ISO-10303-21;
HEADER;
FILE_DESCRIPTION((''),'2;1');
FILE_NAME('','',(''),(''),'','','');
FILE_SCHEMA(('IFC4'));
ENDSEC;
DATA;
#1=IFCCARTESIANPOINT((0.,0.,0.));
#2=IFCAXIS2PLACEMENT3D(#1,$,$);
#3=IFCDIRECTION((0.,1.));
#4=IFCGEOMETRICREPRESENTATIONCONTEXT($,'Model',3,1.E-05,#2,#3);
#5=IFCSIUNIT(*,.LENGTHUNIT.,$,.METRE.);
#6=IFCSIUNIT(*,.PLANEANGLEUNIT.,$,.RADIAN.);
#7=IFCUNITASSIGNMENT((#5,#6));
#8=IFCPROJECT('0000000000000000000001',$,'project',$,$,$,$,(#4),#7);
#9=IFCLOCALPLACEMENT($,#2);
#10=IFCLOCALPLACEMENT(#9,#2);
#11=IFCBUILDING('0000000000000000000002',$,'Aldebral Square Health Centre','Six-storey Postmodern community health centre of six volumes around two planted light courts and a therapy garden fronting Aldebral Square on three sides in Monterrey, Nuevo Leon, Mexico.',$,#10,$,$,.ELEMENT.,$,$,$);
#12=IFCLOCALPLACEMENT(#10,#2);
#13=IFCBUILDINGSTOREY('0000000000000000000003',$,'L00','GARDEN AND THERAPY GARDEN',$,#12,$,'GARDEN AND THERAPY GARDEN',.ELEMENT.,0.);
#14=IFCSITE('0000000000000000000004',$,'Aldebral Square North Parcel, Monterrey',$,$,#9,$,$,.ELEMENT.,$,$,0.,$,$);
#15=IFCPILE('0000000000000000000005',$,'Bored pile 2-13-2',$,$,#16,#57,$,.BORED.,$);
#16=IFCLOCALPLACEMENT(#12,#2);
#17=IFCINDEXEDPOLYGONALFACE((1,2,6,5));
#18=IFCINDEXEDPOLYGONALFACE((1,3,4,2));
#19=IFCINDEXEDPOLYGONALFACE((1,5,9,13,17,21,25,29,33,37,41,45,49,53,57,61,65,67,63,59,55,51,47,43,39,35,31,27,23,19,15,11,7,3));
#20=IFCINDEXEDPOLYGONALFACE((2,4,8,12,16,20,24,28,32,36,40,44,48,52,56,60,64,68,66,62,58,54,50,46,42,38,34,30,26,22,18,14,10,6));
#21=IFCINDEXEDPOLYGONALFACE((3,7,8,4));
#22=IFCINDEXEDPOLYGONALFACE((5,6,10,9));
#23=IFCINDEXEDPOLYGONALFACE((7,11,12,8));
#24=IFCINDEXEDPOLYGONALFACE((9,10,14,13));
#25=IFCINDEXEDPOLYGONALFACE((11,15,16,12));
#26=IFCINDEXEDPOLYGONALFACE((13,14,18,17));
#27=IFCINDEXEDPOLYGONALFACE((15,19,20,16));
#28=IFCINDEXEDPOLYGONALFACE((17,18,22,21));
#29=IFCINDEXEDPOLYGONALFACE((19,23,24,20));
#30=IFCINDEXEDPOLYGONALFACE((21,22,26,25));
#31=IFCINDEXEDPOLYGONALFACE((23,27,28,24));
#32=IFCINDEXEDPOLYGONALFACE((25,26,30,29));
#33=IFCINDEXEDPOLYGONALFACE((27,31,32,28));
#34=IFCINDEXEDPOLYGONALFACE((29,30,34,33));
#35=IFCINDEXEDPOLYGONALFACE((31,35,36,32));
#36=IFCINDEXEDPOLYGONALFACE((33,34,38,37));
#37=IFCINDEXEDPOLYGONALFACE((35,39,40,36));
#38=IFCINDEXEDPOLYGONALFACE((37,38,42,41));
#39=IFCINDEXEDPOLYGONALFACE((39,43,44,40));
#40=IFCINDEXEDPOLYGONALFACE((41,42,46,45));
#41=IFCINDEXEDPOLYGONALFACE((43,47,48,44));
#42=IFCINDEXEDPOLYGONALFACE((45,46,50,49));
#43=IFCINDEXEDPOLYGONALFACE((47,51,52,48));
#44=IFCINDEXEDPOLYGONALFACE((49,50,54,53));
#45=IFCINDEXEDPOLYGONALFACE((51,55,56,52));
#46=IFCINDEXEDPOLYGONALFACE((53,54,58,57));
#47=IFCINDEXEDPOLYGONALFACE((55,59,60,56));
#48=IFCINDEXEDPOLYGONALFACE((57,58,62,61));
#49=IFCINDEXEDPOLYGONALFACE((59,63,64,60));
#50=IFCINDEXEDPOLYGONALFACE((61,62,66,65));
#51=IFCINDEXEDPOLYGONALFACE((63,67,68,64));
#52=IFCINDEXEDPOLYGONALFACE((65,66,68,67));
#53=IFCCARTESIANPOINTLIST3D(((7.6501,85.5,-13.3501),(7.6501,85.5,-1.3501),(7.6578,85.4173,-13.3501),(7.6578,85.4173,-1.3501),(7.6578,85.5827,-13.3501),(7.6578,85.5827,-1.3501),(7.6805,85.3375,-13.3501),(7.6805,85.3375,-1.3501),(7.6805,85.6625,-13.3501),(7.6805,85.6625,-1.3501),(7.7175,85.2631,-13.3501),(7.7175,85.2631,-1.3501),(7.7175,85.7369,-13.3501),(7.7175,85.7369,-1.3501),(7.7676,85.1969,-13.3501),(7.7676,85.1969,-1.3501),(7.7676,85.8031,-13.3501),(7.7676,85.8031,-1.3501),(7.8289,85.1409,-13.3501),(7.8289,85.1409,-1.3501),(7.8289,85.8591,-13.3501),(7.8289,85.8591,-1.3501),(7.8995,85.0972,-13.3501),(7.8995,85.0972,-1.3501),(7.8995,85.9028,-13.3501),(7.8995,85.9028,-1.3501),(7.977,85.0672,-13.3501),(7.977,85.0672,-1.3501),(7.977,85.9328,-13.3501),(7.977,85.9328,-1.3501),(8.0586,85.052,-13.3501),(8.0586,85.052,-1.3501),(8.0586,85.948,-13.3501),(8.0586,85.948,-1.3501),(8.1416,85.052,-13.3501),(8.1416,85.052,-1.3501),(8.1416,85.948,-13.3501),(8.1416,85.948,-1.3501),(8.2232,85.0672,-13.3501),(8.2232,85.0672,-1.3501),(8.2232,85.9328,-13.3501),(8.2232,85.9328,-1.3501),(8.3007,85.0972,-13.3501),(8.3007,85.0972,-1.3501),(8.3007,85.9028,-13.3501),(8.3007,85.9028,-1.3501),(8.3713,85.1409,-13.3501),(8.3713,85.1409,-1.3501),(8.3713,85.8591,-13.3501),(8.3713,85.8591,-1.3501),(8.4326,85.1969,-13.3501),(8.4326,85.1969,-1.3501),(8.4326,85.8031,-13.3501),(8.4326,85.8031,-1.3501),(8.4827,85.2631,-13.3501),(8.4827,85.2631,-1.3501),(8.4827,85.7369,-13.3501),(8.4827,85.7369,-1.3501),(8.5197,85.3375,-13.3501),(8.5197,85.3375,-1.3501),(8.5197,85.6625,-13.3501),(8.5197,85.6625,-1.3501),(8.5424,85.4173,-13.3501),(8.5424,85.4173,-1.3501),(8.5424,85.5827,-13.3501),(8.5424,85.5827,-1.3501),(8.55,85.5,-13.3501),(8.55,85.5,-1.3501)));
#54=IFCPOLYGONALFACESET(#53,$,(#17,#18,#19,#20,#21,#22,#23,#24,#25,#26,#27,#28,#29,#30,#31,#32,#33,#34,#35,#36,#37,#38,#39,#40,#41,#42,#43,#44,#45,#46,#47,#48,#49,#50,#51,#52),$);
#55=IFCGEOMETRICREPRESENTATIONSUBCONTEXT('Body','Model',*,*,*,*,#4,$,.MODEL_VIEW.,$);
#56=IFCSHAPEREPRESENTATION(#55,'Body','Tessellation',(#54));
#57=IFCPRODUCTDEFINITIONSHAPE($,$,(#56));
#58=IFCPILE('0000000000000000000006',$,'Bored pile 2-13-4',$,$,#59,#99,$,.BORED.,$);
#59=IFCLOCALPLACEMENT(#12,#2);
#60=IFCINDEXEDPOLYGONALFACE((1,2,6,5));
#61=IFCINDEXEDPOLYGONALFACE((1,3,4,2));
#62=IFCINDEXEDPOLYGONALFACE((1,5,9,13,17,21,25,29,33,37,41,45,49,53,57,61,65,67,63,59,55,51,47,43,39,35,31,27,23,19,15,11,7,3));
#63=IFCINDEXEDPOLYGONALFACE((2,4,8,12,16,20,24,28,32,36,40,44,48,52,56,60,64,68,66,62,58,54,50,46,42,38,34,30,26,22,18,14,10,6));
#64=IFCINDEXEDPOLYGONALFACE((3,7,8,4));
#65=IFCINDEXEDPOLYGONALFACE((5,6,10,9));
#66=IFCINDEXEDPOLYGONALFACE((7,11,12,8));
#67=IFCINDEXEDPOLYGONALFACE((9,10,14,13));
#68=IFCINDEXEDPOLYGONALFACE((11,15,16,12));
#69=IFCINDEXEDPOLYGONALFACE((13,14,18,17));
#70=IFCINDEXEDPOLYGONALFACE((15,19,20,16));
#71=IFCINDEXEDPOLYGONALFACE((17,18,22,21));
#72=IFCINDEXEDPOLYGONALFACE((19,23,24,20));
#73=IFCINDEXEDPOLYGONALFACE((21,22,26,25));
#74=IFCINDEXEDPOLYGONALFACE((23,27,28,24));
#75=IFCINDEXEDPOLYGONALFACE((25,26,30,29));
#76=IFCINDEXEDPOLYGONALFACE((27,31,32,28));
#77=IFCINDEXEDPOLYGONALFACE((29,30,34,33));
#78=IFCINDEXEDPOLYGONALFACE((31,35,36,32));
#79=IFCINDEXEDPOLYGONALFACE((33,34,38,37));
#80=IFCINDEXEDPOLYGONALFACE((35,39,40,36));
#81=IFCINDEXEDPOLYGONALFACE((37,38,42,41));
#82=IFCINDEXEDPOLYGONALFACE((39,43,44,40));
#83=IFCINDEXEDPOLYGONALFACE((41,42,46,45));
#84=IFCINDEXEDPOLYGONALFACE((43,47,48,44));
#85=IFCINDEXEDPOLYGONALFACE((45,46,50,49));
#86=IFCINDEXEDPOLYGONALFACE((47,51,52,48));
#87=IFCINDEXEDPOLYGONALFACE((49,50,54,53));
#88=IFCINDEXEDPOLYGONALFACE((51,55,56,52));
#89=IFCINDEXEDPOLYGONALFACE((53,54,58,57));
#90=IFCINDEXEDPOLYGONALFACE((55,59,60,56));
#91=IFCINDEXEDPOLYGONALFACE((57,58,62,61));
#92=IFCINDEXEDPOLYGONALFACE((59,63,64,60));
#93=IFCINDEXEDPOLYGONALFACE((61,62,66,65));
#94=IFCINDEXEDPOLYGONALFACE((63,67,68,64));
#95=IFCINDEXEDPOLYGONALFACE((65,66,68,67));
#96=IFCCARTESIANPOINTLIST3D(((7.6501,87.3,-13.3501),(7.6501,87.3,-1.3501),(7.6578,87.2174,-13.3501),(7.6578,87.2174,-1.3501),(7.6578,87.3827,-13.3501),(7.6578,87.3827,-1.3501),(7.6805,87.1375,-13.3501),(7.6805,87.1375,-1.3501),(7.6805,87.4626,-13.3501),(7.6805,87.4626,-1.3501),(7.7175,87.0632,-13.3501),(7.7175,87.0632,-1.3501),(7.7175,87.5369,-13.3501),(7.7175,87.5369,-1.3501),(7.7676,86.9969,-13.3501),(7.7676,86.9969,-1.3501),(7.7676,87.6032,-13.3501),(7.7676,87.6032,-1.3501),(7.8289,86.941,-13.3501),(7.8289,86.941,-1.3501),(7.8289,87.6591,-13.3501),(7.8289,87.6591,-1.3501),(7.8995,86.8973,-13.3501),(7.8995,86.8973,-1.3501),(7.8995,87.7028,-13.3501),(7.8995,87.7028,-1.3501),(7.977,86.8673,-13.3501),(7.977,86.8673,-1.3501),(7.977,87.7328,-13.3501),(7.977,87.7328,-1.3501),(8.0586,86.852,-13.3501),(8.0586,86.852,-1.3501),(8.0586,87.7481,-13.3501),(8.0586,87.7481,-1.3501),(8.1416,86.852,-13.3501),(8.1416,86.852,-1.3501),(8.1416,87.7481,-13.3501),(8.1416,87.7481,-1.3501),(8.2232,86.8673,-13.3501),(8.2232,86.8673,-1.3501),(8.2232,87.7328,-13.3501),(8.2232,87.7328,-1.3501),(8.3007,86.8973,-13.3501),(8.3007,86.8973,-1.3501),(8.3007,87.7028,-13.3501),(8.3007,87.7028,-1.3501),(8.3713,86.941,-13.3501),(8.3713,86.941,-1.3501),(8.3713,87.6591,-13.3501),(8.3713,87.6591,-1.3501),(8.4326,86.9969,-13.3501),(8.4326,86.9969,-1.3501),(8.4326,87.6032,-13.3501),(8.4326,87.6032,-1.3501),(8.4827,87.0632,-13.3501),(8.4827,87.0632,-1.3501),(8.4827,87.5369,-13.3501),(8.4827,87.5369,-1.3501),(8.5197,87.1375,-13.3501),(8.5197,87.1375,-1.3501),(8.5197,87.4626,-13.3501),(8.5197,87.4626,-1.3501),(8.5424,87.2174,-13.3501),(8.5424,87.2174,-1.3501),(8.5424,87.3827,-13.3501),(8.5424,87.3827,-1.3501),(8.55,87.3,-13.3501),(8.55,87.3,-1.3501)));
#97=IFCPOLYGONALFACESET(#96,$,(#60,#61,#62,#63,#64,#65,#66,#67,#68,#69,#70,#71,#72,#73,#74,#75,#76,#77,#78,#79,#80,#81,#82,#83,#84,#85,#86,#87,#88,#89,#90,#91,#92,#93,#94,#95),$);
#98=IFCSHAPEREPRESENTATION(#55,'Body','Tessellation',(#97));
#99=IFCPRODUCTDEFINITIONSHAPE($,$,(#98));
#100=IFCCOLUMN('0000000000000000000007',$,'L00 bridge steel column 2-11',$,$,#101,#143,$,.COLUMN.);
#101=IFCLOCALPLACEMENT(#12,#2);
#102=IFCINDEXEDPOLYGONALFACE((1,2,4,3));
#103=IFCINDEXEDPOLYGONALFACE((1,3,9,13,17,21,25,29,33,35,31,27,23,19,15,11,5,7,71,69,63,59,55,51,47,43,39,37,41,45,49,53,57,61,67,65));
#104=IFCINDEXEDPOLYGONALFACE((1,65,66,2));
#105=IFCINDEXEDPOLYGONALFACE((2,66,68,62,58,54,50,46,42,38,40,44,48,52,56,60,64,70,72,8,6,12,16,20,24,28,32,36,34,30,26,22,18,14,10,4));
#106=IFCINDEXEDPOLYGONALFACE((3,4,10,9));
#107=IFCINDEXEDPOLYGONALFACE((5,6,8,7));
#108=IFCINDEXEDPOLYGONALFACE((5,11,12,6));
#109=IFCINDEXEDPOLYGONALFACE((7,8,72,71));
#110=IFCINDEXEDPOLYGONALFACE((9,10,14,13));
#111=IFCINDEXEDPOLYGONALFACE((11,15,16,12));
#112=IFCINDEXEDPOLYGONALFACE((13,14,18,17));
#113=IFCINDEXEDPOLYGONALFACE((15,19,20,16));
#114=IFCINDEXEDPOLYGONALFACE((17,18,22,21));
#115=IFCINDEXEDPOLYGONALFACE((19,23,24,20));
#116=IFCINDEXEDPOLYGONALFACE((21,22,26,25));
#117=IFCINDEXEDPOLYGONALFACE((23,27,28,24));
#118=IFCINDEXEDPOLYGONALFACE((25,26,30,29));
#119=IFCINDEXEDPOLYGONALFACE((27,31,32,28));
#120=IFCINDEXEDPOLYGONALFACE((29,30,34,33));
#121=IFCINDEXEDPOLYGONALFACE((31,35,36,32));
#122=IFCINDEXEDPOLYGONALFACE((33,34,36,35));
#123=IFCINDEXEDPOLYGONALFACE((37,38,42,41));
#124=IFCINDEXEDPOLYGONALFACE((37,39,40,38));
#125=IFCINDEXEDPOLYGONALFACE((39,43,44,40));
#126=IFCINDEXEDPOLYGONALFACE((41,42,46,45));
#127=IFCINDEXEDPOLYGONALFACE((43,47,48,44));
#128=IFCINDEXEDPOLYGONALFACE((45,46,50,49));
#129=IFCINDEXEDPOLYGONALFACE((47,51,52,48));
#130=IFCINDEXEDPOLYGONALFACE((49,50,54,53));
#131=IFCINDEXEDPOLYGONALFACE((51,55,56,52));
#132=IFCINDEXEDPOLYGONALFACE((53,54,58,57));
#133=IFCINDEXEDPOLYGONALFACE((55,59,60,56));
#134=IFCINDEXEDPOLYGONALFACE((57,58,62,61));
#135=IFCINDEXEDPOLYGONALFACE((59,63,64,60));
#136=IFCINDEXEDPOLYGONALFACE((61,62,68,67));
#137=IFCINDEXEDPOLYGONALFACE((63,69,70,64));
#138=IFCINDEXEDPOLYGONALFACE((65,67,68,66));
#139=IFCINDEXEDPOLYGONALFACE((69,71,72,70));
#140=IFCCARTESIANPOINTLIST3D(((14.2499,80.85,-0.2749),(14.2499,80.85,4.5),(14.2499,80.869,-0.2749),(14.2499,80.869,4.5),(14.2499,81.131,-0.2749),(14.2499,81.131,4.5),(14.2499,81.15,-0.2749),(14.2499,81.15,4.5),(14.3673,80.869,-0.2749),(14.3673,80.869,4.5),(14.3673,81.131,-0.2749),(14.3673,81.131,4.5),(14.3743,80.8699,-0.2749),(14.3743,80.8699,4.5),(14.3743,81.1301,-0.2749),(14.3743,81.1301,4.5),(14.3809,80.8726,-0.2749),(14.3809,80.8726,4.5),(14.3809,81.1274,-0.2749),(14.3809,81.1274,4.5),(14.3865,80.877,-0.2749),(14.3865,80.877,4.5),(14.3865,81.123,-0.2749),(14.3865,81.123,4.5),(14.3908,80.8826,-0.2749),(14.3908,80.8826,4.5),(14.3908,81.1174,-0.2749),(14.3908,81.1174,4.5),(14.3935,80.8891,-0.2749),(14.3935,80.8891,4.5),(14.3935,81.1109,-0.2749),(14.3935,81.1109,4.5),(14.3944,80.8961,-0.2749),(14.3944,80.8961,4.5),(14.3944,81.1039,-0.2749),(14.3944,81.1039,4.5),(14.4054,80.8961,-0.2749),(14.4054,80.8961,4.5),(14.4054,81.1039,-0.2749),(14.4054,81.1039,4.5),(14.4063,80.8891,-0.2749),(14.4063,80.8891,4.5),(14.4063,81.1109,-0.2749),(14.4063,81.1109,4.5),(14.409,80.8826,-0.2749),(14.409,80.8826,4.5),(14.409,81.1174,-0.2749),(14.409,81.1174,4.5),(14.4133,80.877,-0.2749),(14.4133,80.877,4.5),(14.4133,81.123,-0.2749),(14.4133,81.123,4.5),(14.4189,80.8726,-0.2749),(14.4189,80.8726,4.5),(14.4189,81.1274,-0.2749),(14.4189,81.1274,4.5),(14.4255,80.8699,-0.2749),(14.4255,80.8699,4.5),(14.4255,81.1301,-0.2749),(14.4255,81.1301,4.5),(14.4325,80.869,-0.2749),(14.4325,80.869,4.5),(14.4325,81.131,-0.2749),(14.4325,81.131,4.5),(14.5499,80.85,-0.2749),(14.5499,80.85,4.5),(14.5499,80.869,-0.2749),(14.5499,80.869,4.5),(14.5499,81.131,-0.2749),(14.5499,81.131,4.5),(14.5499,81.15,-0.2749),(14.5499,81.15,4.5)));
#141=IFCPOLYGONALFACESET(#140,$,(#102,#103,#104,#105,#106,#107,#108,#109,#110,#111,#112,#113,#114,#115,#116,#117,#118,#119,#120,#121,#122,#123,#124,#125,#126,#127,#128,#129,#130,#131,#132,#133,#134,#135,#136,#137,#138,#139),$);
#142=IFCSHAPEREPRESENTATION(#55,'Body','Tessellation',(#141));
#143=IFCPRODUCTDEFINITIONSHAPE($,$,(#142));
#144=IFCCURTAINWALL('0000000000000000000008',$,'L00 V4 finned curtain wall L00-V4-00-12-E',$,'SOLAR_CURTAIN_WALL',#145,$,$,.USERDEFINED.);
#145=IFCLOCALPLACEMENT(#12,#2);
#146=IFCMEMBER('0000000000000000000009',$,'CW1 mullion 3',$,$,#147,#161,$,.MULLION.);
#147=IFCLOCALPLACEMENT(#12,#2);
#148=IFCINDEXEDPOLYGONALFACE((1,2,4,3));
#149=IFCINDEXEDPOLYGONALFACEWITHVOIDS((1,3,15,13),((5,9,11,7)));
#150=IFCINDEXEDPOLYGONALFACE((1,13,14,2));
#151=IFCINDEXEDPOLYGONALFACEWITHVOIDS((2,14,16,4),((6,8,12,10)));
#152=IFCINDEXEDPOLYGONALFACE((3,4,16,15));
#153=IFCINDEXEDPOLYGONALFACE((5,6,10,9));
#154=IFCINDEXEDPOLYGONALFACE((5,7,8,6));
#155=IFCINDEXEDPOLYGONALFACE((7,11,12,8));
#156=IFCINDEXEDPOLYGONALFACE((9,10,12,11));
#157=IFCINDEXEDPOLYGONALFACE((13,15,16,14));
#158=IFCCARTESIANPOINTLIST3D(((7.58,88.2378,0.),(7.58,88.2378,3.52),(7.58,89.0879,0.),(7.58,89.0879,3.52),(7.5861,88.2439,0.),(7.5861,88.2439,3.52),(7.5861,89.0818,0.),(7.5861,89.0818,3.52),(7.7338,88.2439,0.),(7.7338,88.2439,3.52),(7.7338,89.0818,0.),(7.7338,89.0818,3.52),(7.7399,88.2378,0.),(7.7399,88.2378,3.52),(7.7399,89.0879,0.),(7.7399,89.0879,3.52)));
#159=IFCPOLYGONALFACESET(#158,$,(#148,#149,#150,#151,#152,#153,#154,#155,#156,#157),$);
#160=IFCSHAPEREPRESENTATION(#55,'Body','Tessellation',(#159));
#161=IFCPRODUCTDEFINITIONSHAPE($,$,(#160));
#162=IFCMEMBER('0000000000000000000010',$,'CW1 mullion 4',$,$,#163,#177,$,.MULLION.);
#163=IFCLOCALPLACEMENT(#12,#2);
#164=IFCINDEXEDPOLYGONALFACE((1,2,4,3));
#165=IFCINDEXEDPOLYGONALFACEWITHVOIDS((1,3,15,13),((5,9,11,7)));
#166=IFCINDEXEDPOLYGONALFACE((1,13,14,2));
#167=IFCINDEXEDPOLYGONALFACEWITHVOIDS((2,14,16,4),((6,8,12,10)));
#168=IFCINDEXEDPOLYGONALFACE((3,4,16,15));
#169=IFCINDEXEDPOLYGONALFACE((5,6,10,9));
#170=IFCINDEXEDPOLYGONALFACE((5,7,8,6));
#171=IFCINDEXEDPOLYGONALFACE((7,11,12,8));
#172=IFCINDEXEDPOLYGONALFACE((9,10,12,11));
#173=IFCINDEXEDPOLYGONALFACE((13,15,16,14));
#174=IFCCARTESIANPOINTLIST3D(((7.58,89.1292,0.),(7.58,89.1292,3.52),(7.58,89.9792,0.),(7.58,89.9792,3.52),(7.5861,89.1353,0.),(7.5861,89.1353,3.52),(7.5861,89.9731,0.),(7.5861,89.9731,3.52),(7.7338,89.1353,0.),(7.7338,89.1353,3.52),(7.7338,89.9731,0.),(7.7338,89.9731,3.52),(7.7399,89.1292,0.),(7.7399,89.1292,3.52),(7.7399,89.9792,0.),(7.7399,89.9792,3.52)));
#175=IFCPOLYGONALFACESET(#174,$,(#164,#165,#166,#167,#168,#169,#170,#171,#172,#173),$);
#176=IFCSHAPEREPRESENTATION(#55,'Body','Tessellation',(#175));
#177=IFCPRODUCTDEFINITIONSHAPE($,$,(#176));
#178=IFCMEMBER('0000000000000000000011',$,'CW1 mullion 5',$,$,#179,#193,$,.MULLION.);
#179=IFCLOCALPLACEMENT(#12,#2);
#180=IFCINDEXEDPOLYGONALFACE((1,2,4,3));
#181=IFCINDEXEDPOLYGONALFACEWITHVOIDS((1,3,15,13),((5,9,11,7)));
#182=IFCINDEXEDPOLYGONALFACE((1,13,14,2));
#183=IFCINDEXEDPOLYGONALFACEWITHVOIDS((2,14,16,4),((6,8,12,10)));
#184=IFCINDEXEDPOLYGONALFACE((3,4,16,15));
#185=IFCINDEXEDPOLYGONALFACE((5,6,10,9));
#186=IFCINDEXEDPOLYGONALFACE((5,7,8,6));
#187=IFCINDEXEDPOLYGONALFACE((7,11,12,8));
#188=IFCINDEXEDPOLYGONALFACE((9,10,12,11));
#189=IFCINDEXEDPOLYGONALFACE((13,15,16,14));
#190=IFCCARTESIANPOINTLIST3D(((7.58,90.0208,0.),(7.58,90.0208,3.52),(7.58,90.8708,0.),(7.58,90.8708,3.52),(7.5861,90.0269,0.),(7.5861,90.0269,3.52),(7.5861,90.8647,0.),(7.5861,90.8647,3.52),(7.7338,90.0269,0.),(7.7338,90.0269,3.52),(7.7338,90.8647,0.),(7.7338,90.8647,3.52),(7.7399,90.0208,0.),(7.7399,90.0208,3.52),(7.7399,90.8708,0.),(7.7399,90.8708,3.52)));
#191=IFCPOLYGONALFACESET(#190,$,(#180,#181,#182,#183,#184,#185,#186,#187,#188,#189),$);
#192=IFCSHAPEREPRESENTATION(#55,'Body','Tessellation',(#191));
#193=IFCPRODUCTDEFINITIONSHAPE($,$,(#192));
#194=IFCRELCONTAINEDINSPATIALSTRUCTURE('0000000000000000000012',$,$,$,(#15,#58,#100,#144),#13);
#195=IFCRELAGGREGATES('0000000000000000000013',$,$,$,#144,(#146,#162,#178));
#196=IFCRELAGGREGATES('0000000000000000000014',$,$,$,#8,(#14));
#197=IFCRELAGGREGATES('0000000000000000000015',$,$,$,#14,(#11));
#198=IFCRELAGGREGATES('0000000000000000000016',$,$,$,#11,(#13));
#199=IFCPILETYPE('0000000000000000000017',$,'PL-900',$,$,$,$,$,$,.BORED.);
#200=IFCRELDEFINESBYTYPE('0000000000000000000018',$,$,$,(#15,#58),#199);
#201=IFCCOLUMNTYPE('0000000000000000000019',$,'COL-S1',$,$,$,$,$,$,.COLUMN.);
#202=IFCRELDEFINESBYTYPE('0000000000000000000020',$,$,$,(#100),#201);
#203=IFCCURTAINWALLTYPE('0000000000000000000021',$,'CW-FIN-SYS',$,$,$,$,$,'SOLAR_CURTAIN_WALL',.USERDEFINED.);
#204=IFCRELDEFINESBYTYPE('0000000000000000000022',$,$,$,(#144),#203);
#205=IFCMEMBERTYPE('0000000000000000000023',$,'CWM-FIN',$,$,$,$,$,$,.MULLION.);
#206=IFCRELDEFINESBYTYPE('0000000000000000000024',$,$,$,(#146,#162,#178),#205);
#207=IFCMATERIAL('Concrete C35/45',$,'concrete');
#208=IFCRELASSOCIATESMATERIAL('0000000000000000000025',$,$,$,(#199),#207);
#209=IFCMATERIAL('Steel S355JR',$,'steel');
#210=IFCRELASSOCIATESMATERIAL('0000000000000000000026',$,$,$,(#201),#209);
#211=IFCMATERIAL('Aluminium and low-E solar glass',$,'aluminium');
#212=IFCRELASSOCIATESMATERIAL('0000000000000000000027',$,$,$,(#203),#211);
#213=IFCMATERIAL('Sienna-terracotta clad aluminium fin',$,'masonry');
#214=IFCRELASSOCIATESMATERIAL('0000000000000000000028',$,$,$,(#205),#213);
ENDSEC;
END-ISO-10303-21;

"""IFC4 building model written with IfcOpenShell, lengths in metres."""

from ifc_helpers import new_model, si_unit, direction, frame, origin, origin_2d, place, context, subcontext, project, spatial, hollow_rectangle, circle, i_section, extrude, material, material_profile, profile_set, type_object, element, aggregate, save


model = new_model("IFC4")

# Units and contexts
model_context = context("Model", 3, precision=1e-05, world=origin(), true_north=direction((0.0, 1.0)))
body_context = subcontext(model_context, "Body", "Model", "MODEL_VIEW")
ifc_project = project(units=[si_unit("LENGTHUNIT", "METRE"), si_unit("PLANEANGLEUNIT", "RADIAN")], contexts=[model_context])

# Site, building, storey
site_placement = place(None, origin())
site = spatial("IfcSite", under=ifc_project, at=site_placement, Name="Aldebral Square North Parcel, Monterrey", CompositionType="ELEMENT", RefElevation=0.0)
building_placement = place(site_placement, origin())
building = spatial("IfcBuilding", under=site, at=building_placement, Name="Aldebral Square Health Centre", Description="Six-storey Postmodern community health centre of six volumes around two planted light courts and a therapy garden fronting Aldebral Square on three sides in Monterrey, Nuevo Leon, Mexico.", CompositionType="ELEMENT")
storey_placement = place(building_placement, origin())
storey = spatial("IfcBuildingStorey", under=building, at=storey_placement, Name="L00", Description="GARDEN AND THERAPY GARDEN", LongName="GARDEN AND THERAPY GARDEN", CompositionType="ELEMENT", Elevation=0.0)

# Shared definitions
ifc_material_1 = material(Name="Concrete C35/45", Category="concrete")

# Piles
ifc_material_profile_1 = material_profile(ifc_material_1, circle(Radius=0.45, at=origin_2d()), Name="PILE D900")
ifc_profile_set_1 = profile_set([ifc_material_profile_1], Name="Concrete C35/45")
pile_type_1 = type_object("IfcPileType", Name="PL-900", PredefinedType="BORED", material=ifc_profile_set_1)
for number, where, z_axis, x_axis, name in (
    (1, (8.1001, 85.5, -1.3501), (0.0, 0.0, -1.0), (1.0, 0.0, 0.0), "Bored pile 2-13-2"),
    (2, (8.1001, 87.3, -1.3501), (0.0, 0.0, -1.0), (1.0, 0.0, 0.0), "Bored pile 2-13-4"),
):
    element("IfcPile", number, at=place(storey_placement, frame(where, z_axis=z_axis, x_axis=x_axis)), inside=storey, type_object=pile_type_1, Name=name, PredefinedType="BORED", context=body_context, shape_type="SweptSolid", body=[
        extrude(circle(Radius=0.45, at=origin_2d()), origin(), (0.0, 0.0, 1.0), 12.0),
    ])

# Column
ifc_material_2 = material(Name="Steel S355JR", Category="steel")
ifc_material_profile_2 = material_profile(ifc_material_2, i_section(OverallWidth=0.3, OverallDepth=0.3, WebThickness=0.011, FlangeThickness=0.019, FilletRadius=0.0271, at=origin_2d()), Name="HEB 300")
ifc_profile_set_2 = profile_set([ifc_material_profile_2], Name="Steel S355JR")
column_type = type_object("IfcColumnType", Name="COL-S1", PredefinedType="COLUMN", material=ifc_profile_set_2)
column_placement = place(storey_placement, frame((14.3999, 81.0, -0.2749), z_axis=(0.0, 0.0, 1.0), x_axis=(1.0, 0.0, 0.0)))
element("IfcColumn", 3, at=column_placement, inside=storey, type_object=column_type, Name="L00 bridge steel column 2-11", PredefinedType="COLUMN", context=body_context, shape_type="SweptSolid", body=[
    extrude(i_section(OverallWidth=0.3, OverallDepth=0.3, WebThickness=0.011, FlangeThickness=0.019, FilletRadius=0.0271, at=origin_2d()), origin(), (0.0, 0.0, 1.0), 4.7749),
])

# Curtain wall, members
ifc_material_3 = material(Name="Aluminium and low-E solar glass", Category="aluminium")
curtain_wall_type = type_object("IfcCurtainWallType", Name="CW-FIN-SYS", ElementType="SOLAR_CURTAIN_WALL", PredefinedType="USERDEFINED", material=ifc_material_3)
curtain_wall_placement = place(storey_placement, origin())
curtain_wall = element("IfcCurtainWall", 4, at=curtain_wall_placement, inside=storey, type_object=curtain_wall_type, Name="L00 V4 finned curtain wall L00-V4-00-12-E", ObjectType="SOLAR_CURTAIN_WALL", PredefinedType="USERDEFINED")
ifc_material_4 = material(Name="Sienna-terracotta clad aluminium fin", Category="masonry")
ifc_material_profile_3 = material_profile(ifc_material_4, hollow_rectangle(XDim=0.1599, YDim=0.8501, WallThickness=0.0061, at=origin_2d()), Name="FIN 160x850x6")
ifc_profile_set_3 = profile_set([ifc_material_profile_3], Name="Sienna-terracotta clad aluminium fin")
member_type_1 = type_object("IfcMemberType", Name="CWM-FIN", PredefinedType="MULLION", material=ifc_profile_set_3)
member_1_placement = place(storey_placement, frame((7.6599, 88.6628, 0.0), z_axis=(0.0, 0.0, 1.0), x_axis=(-1.0, 0.0, 0.0)))
member_1 = element("IfcMember", 5, at=member_1_placement, type_object=member_type_1, Name="CW1 mullion 3", PredefinedType="MULLION", context=body_context, shape_type="SweptSolid", body=[
    extrude(hollow_rectangle(XDim=0.1599, YDim=0.8501, WallThickness=0.0061, at=origin_2d()), origin(), (0.0, 0.0, 1.0), 3.52),
])
member_2_placement = place(storey_placement, frame((7.6599, 89.5542, 0.0), z_axis=(0.0, 0.0, 1.0), x_axis=(-1.0, 0.0, 0.0)))
member_2 = element("IfcMember", 6, at=member_2_placement, type_object=member_type_1, Name="CW1 mullion 4", PredefinedType="MULLION", context=body_context, shape_type="SweptSolid", body=[
    extrude(hollow_rectangle(XDim=0.1599, YDim=0.8501, WallThickness=0.0061, at=origin_2d()), origin(), (0.0, 0.0, 1.0), 3.52),
])
member_3_placement = place(storey_placement, frame((7.6599, 90.4458, 0.0), z_axis=(0.0, 0.0, 1.0), x_axis=(-1.0, 0.0, 0.0)))
member_3 = element("IfcMember", 7, at=member_3_placement, type_object=member_type_1, Name="CW1 mullion 5", PredefinedType="MULLION", context=body_context, shape_type="SweptSolid", body=[
    extrude(hollow_rectangle(XDim=0.1599, YDim=0.8501, WallThickness=0.0061, at=origin_2d()), origin(), (0.0, 0.0, 1.0), 3.52),
])
aggregate(curtain_wall, [member_1, member_2, member_3])

save(model, "model.ifc")
